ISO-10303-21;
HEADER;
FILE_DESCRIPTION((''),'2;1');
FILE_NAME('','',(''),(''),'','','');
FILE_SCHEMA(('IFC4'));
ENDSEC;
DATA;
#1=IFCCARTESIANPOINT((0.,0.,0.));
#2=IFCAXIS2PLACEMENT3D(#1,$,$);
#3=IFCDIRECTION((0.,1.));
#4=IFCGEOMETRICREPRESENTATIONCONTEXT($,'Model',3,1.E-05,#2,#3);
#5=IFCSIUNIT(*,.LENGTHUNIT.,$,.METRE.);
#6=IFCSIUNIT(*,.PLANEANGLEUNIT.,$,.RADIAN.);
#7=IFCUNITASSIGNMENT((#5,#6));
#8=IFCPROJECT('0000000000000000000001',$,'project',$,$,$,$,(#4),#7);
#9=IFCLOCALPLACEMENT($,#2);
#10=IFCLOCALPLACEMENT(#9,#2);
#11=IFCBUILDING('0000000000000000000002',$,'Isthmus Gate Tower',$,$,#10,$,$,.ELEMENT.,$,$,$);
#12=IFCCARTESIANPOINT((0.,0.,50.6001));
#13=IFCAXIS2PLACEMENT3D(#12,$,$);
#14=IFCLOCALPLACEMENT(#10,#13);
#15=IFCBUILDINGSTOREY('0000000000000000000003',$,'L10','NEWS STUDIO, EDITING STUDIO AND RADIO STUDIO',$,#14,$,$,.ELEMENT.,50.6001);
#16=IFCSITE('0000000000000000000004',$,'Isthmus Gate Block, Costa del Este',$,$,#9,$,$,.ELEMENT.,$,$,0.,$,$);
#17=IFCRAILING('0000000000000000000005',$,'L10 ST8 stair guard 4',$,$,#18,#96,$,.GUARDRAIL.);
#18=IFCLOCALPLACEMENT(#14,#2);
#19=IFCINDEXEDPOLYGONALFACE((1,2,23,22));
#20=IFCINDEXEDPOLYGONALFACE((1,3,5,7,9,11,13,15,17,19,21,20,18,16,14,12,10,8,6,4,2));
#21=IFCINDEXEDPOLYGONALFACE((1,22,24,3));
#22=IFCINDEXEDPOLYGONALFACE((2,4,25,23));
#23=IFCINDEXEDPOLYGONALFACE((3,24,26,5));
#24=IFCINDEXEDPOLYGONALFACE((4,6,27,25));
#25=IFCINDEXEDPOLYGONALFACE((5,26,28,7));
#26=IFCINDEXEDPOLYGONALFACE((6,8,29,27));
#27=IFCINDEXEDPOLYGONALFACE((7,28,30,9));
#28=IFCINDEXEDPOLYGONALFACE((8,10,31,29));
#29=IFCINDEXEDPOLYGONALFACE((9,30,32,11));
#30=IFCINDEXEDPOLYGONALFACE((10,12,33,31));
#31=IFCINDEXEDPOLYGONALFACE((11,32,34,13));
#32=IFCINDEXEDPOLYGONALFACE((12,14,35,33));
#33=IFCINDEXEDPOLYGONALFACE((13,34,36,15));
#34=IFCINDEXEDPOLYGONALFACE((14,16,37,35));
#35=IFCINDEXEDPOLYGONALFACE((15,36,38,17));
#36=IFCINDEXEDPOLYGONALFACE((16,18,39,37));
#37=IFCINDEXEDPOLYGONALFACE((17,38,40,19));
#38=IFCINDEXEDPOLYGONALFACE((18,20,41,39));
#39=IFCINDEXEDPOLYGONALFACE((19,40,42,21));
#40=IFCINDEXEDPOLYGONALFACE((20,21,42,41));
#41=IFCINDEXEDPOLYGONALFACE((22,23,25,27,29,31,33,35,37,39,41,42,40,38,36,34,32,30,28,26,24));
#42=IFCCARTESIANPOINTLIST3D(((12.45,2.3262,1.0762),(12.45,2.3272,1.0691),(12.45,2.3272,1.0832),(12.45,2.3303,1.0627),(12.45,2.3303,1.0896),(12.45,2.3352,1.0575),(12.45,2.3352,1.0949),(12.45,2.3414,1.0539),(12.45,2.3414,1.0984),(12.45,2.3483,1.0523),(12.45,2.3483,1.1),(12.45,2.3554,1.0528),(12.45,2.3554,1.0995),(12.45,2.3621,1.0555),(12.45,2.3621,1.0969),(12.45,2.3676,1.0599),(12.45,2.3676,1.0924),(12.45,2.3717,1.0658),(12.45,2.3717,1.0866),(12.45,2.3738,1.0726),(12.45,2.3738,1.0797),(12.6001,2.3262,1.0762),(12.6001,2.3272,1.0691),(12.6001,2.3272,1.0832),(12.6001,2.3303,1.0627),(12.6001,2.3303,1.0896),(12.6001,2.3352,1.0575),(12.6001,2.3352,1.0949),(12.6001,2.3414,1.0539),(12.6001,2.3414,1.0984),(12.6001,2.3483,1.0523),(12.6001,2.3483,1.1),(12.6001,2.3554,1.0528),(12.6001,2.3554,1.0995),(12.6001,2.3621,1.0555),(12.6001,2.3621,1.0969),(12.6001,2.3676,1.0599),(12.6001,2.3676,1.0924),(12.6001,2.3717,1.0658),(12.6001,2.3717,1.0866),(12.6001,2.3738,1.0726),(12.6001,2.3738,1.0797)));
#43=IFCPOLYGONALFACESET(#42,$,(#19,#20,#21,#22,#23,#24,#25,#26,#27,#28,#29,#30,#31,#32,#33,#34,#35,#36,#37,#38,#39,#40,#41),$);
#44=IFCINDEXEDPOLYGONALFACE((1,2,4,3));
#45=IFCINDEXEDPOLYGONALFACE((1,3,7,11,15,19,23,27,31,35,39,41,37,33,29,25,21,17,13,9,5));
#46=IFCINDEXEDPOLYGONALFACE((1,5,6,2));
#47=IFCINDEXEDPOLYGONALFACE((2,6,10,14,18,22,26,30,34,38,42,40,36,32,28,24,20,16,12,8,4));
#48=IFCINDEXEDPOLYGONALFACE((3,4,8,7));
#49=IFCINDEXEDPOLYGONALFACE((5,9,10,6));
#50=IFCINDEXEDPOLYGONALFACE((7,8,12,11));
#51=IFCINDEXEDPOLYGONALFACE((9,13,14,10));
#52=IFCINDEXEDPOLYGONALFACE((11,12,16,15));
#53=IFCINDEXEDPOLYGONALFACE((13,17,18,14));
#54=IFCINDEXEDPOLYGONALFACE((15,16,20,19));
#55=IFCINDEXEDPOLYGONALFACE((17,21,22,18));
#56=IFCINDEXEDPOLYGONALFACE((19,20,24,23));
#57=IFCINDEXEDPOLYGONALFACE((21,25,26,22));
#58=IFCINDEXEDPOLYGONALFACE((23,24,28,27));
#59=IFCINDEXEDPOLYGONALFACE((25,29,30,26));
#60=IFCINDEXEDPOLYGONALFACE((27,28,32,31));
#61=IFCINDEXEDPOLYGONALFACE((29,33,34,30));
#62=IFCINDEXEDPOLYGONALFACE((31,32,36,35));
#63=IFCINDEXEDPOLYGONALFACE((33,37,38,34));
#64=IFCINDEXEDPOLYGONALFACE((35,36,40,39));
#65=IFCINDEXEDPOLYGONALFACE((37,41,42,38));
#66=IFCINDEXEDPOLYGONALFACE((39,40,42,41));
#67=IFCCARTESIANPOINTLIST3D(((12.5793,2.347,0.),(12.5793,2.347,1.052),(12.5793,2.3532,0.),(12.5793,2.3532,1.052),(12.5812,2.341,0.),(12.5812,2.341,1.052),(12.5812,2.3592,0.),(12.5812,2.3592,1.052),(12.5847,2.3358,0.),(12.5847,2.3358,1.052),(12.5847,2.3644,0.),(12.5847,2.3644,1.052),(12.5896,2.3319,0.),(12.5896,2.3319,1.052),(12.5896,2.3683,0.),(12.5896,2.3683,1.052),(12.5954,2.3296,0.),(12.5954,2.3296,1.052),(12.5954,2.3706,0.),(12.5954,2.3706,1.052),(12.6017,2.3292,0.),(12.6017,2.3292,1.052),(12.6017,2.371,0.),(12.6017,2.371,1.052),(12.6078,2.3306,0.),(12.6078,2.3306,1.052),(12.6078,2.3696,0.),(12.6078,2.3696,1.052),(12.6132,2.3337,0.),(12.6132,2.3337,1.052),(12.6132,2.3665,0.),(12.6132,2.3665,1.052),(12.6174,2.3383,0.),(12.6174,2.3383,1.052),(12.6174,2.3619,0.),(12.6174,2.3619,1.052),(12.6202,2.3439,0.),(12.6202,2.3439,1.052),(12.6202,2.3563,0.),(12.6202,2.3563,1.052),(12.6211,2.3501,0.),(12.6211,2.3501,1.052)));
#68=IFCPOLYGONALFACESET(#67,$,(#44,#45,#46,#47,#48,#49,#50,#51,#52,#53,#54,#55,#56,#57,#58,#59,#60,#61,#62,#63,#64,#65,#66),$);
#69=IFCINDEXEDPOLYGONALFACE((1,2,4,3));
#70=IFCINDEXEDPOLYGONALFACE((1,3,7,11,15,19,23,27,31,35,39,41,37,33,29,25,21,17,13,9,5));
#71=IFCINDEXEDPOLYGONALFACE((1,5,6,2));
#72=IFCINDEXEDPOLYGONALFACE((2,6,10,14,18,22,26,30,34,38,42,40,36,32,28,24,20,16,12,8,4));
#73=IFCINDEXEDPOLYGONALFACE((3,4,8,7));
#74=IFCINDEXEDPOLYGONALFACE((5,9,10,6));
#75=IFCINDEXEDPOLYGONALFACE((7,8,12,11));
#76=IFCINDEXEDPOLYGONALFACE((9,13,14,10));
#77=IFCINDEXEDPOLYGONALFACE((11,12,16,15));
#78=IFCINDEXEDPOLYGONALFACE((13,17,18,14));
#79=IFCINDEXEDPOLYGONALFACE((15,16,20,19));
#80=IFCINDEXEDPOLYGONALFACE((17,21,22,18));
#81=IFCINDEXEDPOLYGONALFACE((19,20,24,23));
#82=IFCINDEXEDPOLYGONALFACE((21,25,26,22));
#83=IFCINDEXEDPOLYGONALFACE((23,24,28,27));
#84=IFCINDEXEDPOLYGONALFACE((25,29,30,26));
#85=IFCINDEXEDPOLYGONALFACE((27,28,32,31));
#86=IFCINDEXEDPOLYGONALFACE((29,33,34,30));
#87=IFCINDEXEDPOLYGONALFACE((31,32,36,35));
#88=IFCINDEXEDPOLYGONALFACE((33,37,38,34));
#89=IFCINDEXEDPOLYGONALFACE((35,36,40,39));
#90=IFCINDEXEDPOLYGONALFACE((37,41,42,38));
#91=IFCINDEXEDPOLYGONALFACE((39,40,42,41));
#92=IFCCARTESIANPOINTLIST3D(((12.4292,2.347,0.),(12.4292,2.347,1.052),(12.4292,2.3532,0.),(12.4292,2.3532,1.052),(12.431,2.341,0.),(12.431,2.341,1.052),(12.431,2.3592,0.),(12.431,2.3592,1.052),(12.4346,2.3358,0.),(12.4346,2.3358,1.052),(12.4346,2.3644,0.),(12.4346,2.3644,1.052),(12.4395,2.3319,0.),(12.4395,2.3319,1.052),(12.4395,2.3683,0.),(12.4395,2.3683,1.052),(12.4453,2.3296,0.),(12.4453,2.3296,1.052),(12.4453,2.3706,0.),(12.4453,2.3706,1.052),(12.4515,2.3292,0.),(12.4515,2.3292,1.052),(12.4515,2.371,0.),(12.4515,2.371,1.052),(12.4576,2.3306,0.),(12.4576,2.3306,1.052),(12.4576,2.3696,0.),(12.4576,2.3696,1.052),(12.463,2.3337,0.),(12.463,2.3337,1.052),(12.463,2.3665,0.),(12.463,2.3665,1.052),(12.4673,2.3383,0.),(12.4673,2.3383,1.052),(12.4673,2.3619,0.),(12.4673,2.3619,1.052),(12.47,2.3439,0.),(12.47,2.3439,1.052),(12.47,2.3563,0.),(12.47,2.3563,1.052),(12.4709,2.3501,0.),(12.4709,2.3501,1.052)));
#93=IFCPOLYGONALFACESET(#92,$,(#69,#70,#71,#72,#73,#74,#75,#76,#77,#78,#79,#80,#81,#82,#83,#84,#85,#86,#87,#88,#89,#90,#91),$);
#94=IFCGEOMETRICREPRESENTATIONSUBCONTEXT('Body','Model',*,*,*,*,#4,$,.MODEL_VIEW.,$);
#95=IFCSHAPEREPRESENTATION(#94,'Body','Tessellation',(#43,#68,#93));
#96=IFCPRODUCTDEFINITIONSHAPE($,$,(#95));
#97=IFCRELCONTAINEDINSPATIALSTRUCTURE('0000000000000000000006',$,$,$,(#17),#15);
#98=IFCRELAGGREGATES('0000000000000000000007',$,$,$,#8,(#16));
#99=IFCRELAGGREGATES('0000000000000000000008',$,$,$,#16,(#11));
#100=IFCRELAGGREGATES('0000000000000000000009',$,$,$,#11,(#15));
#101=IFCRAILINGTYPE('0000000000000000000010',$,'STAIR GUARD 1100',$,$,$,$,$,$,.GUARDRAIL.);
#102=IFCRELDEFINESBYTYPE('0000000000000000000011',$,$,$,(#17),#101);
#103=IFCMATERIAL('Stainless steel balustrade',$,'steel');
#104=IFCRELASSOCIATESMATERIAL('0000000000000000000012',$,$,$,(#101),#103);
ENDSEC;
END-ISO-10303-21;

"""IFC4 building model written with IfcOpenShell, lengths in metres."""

from ifc_helpers import new_model, si_unit, direction, frame, origin, origin_2d, place, context, subcontext, project, spatial, circle, extrude, material, type_object, element, save


model = new_model("IFC4")

# Units and contexts
model_context = context("Model", 3, precision=1e-05, world=origin(), true_north=direction((0.0, 1.0)))
body_context = subcontext(model_context, "Body", "Model", "MODEL_VIEW")
ifc_project = project(units=[si_unit("LENGTHUNIT", "METRE"), si_unit("PLANEANGLEUNIT", "RADIAN")], contexts=[model_context])

# Site, building, storey
site_placement = place(None, origin())
site = spatial("IfcSite", under=ifc_project, at=site_placement, Name="Isthmus Gate Block, Costa del Este", CompositionType="ELEMENT", RefElevation=0.0)
building_placement = place(site_placement, origin())
building = spatial("IfcBuilding", under=site, at=building_placement, Name="Isthmus Gate Tower", CompositionType="ELEMENT")
storey_placement = place(building_placement, frame((0.0, 0.0, 50.6001)))
storey = spatial("IfcBuildingStorey", under=building, at=storey_placement, Name="L10", Description="NEWS STUDIO, EDITING STUDIO AND RADIO STUDIO", CompositionType="ELEMENT", Elevation=50.6001)

# Railing
ifc_material_1 = material(Name="Stainless steel balustrade", Category="steel")
railing_type_1 = type_object("IfcRailingType", Name="STAIR GUARD 1100", PredefinedType="GUARDRAIL", material=ifc_material_1)
railing_1_placement = place(storey_placement, frame((12.6001, 2.3501, 0.0)))
element("IfcRailing", 1, at=railing_1_placement, inside=storey, type_object=railing_type_1, Name="L10 ST8 stair guard 4", PredefinedType="GUARDRAIL", context=body_context, shape_type="SweptSolid", body=[
    extrude(circle(Radius=0.0239, at=origin_2d()), frame((0.0, 0.0, 1.0762), z_axis=(-1.0, 0.0, 0.0), x_axis=(0.0, -1.0, 0.0)), (0.0, 0.0, 1.0), 0.1501),
    extrude(circle(Radius=0.021, at=origin_2d()), origin(), (0.0, 0.0, 1.0), 1.052),
    extrude(circle(Radius=0.021, at=origin_2d()), frame((-0.1501, 0.0, 0.0)), (0.0, 0.0, 1.0), 1.052),
])

save(model, "model.ifc")
